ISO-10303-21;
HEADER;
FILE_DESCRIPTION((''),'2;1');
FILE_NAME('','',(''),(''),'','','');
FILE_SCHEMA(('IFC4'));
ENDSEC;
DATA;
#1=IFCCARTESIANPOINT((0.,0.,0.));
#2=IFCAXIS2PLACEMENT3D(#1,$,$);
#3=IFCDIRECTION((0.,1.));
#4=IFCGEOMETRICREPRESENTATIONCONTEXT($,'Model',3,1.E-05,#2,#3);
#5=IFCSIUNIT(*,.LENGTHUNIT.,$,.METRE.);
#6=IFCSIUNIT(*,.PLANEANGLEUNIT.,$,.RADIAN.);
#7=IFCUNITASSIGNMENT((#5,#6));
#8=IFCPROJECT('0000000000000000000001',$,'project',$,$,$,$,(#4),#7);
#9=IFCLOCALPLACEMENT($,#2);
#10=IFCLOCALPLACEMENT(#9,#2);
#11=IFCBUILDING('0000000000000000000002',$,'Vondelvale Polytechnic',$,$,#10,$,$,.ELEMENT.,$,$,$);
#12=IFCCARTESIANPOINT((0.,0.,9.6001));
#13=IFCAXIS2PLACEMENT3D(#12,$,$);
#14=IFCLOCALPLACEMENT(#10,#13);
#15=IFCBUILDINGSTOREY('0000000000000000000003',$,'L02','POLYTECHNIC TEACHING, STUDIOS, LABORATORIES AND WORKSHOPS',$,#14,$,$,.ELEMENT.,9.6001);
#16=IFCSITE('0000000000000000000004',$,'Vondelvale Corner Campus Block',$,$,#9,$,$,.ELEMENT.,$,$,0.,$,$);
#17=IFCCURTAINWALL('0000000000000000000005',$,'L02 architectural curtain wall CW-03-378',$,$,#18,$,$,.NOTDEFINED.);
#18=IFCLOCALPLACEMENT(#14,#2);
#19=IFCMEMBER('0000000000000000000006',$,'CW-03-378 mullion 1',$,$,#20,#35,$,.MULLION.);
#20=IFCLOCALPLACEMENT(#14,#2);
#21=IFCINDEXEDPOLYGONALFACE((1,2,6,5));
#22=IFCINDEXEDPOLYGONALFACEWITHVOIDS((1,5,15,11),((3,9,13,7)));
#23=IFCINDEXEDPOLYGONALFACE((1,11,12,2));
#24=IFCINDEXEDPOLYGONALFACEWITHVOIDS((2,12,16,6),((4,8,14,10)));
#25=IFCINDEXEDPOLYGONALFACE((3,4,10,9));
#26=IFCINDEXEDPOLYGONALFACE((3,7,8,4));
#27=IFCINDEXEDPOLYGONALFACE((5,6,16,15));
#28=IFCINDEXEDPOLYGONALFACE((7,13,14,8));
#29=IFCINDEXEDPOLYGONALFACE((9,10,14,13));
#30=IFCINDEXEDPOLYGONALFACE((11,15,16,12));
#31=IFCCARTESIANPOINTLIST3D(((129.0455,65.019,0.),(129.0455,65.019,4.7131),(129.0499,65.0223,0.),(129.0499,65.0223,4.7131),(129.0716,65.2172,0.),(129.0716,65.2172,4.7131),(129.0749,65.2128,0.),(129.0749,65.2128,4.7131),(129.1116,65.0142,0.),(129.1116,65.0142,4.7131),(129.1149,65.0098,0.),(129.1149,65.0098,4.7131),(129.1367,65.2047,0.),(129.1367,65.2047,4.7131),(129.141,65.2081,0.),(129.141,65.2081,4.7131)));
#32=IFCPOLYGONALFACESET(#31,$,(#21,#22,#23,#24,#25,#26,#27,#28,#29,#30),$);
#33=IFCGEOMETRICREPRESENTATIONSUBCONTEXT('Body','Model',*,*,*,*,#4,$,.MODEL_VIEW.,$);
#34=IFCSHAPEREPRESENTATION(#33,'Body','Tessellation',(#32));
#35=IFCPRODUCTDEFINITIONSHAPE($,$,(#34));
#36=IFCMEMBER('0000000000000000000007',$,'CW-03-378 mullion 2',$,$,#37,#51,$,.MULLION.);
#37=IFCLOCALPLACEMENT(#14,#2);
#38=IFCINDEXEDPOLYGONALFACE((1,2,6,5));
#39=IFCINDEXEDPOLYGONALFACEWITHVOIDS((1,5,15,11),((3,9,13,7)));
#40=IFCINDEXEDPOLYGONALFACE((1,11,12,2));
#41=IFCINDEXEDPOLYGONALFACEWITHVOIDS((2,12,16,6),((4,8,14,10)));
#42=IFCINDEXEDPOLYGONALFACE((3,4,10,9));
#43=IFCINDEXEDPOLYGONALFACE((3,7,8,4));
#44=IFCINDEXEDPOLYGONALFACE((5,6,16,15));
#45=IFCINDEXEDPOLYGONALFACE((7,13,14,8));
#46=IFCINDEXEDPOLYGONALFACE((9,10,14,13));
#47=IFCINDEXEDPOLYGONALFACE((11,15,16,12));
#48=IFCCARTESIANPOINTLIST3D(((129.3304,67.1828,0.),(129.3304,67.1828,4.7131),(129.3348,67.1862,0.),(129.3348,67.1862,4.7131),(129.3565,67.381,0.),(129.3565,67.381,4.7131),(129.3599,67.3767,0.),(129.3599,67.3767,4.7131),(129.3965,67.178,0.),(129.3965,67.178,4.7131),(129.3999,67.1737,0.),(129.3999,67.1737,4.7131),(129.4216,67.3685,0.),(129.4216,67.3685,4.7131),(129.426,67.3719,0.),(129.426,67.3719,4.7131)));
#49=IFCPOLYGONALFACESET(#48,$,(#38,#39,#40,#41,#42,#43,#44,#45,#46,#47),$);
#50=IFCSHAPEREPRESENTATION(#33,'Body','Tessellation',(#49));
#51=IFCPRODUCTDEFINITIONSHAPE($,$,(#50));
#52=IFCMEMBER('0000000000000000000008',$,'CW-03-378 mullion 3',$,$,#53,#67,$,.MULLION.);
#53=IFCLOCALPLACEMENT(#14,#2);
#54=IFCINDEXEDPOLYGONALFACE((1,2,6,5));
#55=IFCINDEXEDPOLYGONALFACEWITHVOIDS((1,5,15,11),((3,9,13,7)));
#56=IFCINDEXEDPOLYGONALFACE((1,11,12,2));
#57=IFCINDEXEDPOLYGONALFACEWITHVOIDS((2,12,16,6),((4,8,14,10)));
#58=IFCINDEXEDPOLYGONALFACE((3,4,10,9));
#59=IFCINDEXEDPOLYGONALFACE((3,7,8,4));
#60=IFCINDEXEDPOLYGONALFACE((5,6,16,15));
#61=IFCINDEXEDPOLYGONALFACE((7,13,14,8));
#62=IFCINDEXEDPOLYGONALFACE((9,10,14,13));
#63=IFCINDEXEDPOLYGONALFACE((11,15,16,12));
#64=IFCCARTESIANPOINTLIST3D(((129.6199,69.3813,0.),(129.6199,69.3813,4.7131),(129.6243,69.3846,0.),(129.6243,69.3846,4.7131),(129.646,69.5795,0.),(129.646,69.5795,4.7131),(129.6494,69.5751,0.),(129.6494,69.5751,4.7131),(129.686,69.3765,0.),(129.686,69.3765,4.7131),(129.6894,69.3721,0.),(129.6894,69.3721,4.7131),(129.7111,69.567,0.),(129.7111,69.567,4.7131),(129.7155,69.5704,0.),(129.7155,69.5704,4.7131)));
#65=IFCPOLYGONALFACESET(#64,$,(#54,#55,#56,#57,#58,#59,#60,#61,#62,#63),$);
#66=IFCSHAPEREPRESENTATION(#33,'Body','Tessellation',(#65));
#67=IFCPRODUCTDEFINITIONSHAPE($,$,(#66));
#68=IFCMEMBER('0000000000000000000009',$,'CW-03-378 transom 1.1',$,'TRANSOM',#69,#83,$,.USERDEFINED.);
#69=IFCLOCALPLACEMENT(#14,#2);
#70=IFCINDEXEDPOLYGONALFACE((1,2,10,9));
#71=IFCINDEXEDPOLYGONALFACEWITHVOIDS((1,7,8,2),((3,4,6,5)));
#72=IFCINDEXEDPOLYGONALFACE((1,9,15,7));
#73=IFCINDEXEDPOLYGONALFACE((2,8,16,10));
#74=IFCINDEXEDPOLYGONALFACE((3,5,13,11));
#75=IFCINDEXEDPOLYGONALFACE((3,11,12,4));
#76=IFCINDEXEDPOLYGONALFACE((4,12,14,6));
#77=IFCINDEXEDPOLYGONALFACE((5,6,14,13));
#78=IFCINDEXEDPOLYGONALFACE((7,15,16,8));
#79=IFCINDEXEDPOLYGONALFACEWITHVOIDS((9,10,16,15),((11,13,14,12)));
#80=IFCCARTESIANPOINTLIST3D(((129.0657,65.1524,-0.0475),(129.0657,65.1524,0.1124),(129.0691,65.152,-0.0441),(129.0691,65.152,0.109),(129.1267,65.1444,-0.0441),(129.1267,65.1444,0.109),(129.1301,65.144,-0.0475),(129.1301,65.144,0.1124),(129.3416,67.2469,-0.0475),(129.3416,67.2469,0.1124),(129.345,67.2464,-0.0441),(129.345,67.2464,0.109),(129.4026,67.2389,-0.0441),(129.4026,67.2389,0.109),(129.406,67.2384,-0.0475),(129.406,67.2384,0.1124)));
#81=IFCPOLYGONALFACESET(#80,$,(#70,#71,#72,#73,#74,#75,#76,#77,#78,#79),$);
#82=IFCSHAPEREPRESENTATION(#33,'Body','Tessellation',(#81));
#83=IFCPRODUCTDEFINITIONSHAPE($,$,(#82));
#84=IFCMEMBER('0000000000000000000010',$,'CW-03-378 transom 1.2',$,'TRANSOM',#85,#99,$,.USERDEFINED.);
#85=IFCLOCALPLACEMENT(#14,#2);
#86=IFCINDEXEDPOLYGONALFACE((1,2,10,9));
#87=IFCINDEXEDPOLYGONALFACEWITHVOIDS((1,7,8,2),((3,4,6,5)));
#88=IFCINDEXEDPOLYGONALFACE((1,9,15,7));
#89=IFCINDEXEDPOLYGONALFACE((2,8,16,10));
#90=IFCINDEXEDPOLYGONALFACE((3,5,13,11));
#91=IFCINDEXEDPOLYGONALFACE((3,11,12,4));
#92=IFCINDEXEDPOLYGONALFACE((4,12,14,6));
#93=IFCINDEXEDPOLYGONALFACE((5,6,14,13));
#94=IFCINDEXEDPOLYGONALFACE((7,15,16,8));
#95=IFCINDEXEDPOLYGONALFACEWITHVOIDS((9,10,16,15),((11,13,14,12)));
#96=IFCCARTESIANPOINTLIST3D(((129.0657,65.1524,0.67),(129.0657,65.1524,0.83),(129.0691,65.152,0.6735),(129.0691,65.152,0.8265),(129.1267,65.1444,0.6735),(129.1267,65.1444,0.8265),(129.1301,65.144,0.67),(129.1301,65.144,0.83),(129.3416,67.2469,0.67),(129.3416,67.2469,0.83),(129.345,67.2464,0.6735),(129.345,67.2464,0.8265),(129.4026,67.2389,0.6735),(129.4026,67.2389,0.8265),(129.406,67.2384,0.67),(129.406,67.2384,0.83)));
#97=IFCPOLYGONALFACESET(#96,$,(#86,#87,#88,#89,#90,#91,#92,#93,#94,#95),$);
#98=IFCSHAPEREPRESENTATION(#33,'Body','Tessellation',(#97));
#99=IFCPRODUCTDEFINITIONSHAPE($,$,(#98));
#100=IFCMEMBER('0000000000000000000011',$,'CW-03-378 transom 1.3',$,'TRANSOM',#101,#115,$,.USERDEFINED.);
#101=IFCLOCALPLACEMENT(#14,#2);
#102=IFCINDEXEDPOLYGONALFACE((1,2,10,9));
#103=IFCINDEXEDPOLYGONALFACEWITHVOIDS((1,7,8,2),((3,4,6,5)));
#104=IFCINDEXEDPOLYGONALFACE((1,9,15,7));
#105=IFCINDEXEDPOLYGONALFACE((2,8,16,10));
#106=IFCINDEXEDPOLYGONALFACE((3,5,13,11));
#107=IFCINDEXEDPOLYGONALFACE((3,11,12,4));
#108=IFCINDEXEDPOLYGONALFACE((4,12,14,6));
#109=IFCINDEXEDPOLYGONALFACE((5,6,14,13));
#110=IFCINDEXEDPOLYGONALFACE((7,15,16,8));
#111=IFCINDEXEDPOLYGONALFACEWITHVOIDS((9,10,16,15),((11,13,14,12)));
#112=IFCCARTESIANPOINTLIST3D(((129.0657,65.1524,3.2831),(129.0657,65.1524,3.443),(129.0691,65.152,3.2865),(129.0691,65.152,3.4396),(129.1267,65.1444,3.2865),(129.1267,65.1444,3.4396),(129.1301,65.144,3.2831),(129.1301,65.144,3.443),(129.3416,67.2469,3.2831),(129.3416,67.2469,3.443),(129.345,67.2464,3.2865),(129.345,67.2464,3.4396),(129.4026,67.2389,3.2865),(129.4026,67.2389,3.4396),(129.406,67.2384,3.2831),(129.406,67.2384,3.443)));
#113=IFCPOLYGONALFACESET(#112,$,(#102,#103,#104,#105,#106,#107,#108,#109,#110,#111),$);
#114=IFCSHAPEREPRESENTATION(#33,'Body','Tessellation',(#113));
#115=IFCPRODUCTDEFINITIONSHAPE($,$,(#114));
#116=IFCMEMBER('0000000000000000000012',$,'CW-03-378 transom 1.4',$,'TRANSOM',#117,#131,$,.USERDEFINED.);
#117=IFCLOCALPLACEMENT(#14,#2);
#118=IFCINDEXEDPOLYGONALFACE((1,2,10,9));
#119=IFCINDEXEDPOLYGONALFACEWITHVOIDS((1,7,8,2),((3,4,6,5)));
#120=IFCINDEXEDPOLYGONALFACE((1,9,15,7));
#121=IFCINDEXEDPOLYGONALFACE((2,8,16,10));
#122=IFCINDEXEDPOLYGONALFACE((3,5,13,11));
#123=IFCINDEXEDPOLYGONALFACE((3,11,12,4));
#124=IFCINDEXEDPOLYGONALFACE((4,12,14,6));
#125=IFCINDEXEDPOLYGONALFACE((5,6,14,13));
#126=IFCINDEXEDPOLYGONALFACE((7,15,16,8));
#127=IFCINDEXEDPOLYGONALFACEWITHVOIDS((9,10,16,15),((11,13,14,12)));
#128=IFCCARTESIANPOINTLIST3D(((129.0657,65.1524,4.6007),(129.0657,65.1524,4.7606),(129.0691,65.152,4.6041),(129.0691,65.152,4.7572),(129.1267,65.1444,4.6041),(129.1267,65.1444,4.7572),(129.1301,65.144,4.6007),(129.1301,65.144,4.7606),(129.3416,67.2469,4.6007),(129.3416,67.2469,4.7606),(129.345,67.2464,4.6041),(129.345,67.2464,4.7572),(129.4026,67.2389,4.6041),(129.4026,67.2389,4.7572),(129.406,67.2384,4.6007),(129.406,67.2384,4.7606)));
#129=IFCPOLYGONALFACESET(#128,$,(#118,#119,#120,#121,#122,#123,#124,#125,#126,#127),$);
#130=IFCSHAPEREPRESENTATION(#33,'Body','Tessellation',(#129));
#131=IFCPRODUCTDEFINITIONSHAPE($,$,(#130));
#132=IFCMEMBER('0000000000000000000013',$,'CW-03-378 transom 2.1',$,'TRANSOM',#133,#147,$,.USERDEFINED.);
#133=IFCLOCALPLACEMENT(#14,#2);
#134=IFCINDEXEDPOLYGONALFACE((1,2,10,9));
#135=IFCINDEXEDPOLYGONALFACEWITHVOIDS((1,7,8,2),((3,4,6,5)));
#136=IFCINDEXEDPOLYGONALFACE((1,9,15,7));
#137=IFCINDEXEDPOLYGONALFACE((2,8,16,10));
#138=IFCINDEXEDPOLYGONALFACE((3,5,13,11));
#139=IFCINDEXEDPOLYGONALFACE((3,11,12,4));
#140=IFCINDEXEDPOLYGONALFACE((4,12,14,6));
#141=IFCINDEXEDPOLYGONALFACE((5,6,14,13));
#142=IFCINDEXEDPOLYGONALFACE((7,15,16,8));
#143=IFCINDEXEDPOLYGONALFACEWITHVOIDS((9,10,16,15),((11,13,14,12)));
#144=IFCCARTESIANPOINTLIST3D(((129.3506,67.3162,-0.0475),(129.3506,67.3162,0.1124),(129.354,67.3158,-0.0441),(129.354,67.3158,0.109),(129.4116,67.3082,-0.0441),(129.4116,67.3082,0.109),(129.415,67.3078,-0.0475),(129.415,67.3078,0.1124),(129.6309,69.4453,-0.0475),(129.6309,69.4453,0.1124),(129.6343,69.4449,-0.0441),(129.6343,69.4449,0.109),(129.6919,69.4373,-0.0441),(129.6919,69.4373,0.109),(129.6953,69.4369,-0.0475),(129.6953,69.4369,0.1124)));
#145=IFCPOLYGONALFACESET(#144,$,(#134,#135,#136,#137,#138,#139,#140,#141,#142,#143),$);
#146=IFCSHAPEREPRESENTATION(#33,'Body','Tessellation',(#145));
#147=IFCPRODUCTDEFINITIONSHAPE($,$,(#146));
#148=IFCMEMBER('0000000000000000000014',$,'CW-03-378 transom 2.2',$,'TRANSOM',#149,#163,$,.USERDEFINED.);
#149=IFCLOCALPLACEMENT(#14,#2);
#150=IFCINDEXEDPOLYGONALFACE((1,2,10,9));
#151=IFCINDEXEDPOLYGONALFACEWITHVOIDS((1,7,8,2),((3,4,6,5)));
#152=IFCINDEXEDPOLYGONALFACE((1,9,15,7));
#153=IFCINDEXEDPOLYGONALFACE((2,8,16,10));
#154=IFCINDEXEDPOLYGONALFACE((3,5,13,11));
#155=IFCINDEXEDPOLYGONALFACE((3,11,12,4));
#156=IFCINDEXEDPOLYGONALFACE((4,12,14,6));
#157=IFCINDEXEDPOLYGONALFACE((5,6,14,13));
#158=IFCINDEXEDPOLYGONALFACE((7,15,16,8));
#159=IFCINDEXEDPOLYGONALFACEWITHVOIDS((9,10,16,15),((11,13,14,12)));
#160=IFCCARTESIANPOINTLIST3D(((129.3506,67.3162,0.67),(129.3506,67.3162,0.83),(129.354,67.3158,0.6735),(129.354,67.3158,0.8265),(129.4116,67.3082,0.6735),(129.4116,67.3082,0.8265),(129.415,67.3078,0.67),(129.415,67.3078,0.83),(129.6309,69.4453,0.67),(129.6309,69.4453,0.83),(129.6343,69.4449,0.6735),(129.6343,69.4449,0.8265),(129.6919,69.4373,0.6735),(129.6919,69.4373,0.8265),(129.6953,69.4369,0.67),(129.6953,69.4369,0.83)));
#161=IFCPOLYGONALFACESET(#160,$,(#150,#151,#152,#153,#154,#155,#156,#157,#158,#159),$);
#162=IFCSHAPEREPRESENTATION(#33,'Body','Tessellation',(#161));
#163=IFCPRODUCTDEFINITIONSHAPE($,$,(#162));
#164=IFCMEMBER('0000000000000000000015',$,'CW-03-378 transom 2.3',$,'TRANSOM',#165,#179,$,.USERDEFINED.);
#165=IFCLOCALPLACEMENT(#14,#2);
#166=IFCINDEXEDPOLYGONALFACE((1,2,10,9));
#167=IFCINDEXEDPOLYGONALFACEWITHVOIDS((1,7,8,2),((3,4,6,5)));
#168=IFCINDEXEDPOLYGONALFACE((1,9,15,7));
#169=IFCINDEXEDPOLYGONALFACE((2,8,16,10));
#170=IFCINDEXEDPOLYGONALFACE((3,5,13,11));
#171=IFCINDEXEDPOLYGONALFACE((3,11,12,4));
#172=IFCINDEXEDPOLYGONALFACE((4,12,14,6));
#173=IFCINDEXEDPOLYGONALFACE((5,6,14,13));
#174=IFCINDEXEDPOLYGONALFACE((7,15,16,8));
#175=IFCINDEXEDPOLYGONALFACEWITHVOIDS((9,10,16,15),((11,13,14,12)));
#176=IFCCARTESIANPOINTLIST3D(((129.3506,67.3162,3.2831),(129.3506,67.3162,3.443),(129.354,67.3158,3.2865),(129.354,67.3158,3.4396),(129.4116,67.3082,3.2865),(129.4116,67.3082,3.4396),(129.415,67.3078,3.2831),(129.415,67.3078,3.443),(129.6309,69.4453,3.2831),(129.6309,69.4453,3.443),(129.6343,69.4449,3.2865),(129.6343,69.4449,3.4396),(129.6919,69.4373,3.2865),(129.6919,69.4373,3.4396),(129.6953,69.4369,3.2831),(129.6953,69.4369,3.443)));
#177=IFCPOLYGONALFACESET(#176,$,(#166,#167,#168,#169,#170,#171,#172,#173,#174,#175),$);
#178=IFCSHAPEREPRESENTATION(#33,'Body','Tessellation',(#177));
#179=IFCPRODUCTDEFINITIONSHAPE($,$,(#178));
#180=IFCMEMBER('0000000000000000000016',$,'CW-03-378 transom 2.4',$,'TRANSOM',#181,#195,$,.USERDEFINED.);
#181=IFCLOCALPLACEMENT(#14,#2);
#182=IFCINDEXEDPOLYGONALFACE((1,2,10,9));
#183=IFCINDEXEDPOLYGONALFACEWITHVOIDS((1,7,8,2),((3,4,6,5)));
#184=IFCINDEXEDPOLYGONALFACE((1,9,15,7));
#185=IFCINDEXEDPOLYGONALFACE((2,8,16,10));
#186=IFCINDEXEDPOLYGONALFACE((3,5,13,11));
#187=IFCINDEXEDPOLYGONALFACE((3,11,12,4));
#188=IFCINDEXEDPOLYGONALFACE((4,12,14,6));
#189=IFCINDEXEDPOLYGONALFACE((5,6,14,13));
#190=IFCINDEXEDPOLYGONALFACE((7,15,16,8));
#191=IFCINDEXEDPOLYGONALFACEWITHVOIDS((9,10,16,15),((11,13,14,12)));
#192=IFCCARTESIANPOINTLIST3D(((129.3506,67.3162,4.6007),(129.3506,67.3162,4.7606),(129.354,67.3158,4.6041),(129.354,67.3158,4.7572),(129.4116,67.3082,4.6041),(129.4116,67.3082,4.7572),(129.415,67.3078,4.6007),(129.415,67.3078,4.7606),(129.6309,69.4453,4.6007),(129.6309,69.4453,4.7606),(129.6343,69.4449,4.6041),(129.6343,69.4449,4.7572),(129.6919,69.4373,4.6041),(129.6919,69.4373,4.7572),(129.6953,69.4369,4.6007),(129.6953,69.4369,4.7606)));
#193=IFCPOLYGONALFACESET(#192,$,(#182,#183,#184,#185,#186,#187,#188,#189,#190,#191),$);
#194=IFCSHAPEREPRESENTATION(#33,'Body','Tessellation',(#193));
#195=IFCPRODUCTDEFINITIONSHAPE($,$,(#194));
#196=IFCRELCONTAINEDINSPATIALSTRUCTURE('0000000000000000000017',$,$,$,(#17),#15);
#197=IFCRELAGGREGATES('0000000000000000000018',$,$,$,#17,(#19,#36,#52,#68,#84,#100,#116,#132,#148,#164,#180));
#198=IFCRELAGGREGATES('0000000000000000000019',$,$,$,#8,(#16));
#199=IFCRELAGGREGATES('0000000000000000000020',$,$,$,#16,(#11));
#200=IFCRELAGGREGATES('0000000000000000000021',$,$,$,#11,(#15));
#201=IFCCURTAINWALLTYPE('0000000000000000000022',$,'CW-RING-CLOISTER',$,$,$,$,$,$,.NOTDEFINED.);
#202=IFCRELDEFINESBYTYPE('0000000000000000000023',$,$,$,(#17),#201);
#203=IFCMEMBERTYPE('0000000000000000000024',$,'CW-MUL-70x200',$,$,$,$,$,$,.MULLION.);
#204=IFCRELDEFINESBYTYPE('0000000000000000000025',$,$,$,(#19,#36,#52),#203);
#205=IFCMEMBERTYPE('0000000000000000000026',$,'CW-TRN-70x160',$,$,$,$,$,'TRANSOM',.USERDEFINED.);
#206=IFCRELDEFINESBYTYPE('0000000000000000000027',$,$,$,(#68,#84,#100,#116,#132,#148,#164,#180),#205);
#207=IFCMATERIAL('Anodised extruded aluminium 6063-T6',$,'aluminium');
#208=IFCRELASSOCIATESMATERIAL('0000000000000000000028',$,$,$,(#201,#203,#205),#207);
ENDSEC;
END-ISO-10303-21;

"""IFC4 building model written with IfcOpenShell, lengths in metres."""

from ifc_helpers import new_model, si_unit, direction, frame, origin, origin_2d, place, context, subcontext, project, spatial, hollow_rectangle, extrude, material, material_profile, profile_set, type_object, element, aggregate, save


model = new_model("IFC4")

# Units and contexts
model_context = context("Model", 3, precision=1e-05, world=origin(), true_north=direction((0.0, 1.0)))
body_context = subcontext(model_context, "Body", "Model", "MODEL_VIEW")
ifc_project = project(units=[si_unit("LENGTHUNIT", "METRE"), si_unit("PLANEANGLEUNIT", "RADIAN")], contexts=[model_context])

# Site, building, storey
site_placement = place(None, origin())
site = spatial("IfcSite", under=ifc_project, at=site_placement, Name="Vondelvale Corner Campus Block", CompositionType="ELEMENT", RefElevation=0.0)
building_placement = place(site_placement, origin())
building = spatial("IfcBuilding", under=site, at=building_placement, Name="Vondelvale Polytechnic", CompositionType="ELEMENT")
storey_placement = place(building_placement, frame((0.0, 0.0, 9.6001)))
storey = spatial("IfcBuildingStorey", under=building, at=storey_placement, Name="L02", Description="POLYTECHNIC TEACHING, STUDIOS, LABORATORIES AND WORKSHOPS", CompositionType="ELEMENT", Elevation=9.6001)

# Curtain wall, members
ifc_material_1 = material(Name="Anodised extruded aluminium 6063-T6", Category="aluminium")
curtain_wall_type = type_object("IfcCurtainWallType", Name="CW-RING-CLOISTER", PredefinedType="NOTDEFINED", material=ifc_material_1)
curtain_wall_placement = place(storey_placement, origin())
curtain_wall = element("IfcCurtainWall", 1, at=curtain_wall_placement, inside=storey, type_object=curtain_wall_type, Name="L02 architectural curtain wall CW-03-378", PredefinedType="NOTDEFINED")
ifc_material_profile_1 = material_profile(ifc_material_1, hollow_rectangle(XDim=0.0701, YDim=0.2, WallThickness=0.0039, at=origin_2d()), Name="CW-MUL-200x70")
ifc_profile_set_1 = profile_set([ifc_material_profile_1], Name="Anodised extruded aluminium 6063-T6")
member_type_1 = type_object("IfcMemberType", Name="CW-MUL-70x200", PredefinedType="MULLION", material=ifc_profile_set_1)
member_1_placement = place(storey_placement, frame((129.0933, 65.1135, 0.0), z_axis=(0.0, 0.0, 1.0), x_axis=(-0.991445, 0.130528, 0.0)))
member_1 = element("IfcMember", 2, at=member_1_placement, type_object=member_type_1, Name="CW-03-378 mullion 1", PredefinedType="MULLION", context=body_context, shape_type="SweptSolid", body=[
    extrude(hollow_rectangle(XDim=0.0701, YDim=0.2, WallThickness=0.0039, at=origin_2d()), origin(), (0.0, 0.0, 1.0), 4.7131),
])
member_2_placement = place(storey_placement, frame((129.3782, 67.2773, 0.0), z_axis=(0.0, 0.0, 1.0), x_axis=(-0.991445, 0.130528, 0.0)))
member_2 = element("IfcMember", 3, at=member_2_placement, type_object=member_type_1, Name="CW-03-378 mullion 2", PredefinedType="MULLION", context=body_context, shape_type="SweptSolid", body=[
    extrude(hollow_rectangle(XDim=0.0701, YDim=0.2, WallThickness=0.0039, at=origin_2d()), origin(), (0.0, 0.0, 1.0), 4.7131),
])
member_3_placement = place(storey_placement, frame((129.6677, 69.4758, 0.0), z_axis=(0.0, 0.0, 1.0), x_axis=(-0.991445, 0.130528, 0.0)))
member_3 = element("IfcMember", 4, at=member_3_placement, type_object=member_type_1, Name="CW-03-378 mullion 3", PredefinedType="MULLION", context=body_context, shape_type="SweptSolid", body=[
    extrude(hollow_rectangle(XDim=0.0701, YDim=0.2, WallThickness=0.0039, at=origin_2d()), origin(), (0.0, 0.0, 1.0), 4.7131),
])
ifc_material_profile_2 = material_profile(ifc_material_1, hollow_rectangle(XDim=0.0649, YDim=0.1599, WallThickness=0.0034, at=origin_2d()), Name="CW-TRN-160x65")
ifc_profile_set_2 = profile_set([ifc_material_profile_2], Name="Anodised extruded aluminium 6063-T6")
member_type_2 = type_object("IfcMemberType", Name="CW-TRN-70x160", ElementType="TRANSOM", PredefinedType="USERDEFINED", material=ifc_profile_set_2)
member_4_placement = place(storey_placement, frame((129.0979, 65.1482, 0.0325), z_axis=(0.130589, 0.991437, 0.0), x_axis=(-0.991437, 0.130589, 0.0)))
member_4 = element("IfcMember", 5, at=member_4_placement, type_object=member_type_2, Name="CW-03-378 transom 1.1", ObjectType="TRANSOM", PredefinedType="USERDEFINED", context=body_context, shape_type="SweptSolid", body=[
    extrude(hollow_rectangle(XDim=0.0649, YDim=0.1599, WallThickness=0.0034, at=origin_2d()), origin(), (0.0, 0.0, 1.0), 2.1125),
])
member_5_placement = place(storey_placement, frame((129.0979, 65.1482, 0.75), z_axis=(0.130589, 0.991437, 0.0), x_axis=(-0.991437, 0.130589, 0.0)))
member_5 = element("IfcMember", 6, at=member_5_placement, type_object=member_type_2, Name="CW-03-378 transom 1.2", ObjectType="TRANSOM", PredefinedType="USERDEFINED", context=body_context, shape_type="SweptSolid", body=[
    extrude(hollow_rectangle(XDim=0.0649, YDim=0.1599, WallThickness=0.0034, at=origin_2d()), origin(), (0.0, 0.0, 1.0), 2.1125),
])
member_6_placement = place(storey_placement, frame((129.0979, 65.1482, 3.363), z_axis=(0.130589, 0.991437, 0.0), x_axis=(-0.991437, 0.130589, 0.0)))
member_6 = element("IfcMember", 7, at=member_6_placement, type_object=member_type_2, Name="CW-03-378 transom 1.3", ObjectType="TRANSOM", PredefinedType="USERDEFINED", context=body_context, shape_type="SweptSolid", body=[
    extrude(hollow_rectangle(XDim=0.0649, YDim=0.1599, WallThickness=0.0034, at=origin_2d()), origin(), (0.0, 0.0, 1.0), 2.1125),
])
member_7_placement = place(storey_placement, frame((129.0979, 65.1482, 4.6807), z_axis=(0.130589, 0.991437, 0.0), x_axis=(-0.991437, 0.130589, 0.0)))
member_7 = element("IfcMember", 8, at=member_7_placement, type_object=member_type_2, Name="CW-03-378 transom 1.4", ObjectType="TRANSOM", PredefinedType="USERDEFINED", context=body_context, shape_type="SweptSolid", body=[
    extrude(hollow_rectangle(XDim=0.0649, YDim=0.1599, WallThickness=0.0034, at=origin_2d()), origin(), (0.0, 0.0, 1.0), 2.1125),
])
member_8_placement = place(storey_placement, frame((129.3828, 67.312, 0.0325), z_axis=(0.13051, 0.991447, 0.0), x_axis=(-0.991447, 0.13051, 0.0)))
member_8 = element("IfcMember", 9, at=member_8_placement, type_object=member_type_2, Name="CW-03-378 transom 2.1", ObjectType="TRANSOM", PredefinedType="USERDEFINED", context=body_context, shape_type="SweptSolid", body=[
    extrude(hollow_rectangle(XDim=0.0649, YDim=0.1599, WallThickness=0.0034, at=origin_2d()), origin(), (0.0, 0.0, 1.0), 2.1475),
])
member_9_placement = place(storey_placement, frame((129.3828, 67.312, 0.75), z_axis=(0.13051, 0.991447, 0.0), x_axis=(-0.991447, 0.13051, 0.0)))
member_9 = element("IfcMember", 10, at=member_9_placement, type_object=member_type_2, Name="CW-03-378 transom 2.2", ObjectType="TRANSOM", PredefinedType="USERDEFINED", context=body_context, shape_type="SweptSolid", body=[
    extrude(hollow_rectangle(XDim=0.0649, YDim=0.1599, WallThickness=0.0034, at=origin_2d()), origin(), (0.0, 0.0, 1.0), 2.1475),
])
member_10_placement = place(storey_placement, frame((129.3828, 67.312, 3.363), z_axis=(0.13051, 0.991447, 0.0), x_axis=(-0.991447, 0.13051, 0.0)))
member_10 = element("IfcMember", 11, at=member_10_placement, type_object=member_type_2, Name="CW-03-378 transom 2.3", ObjectType="TRANSOM", PredefinedType="USERDEFINED", context=body_context, shape_type="SweptSolid", body=[
    extrude(hollow_rectangle(XDim=0.0649, YDim=0.1599, WallThickness=0.0034, at=origin_2d()), origin(), (0.0, 0.0, 1.0), 2.1475),
])
member_11_placement = place(storey_placement, frame((129.3828, 67.312, 4.6807), z_axis=(0.13051, 0.991447, 0.0), x_axis=(-0.991447, 0.13051, 0.0)))
member_11 = element("IfcMember", 12, at=member_11_placement, type_object=member_type_2, Name="CW-03-378 transom 2.4", ObjectType="TRANSOM", PredefinedType="USERDEFINED", context=body_context, shape_type="SweptSolid", body=[
    extrude(hollow_rectangle(XDim=0.0649, YDim=0.1599, WallThickness=0.0034, at=origin_2d()), origin(), (0.0, 0.0, 1.0), 2.1475),
])
aggregate(curtain_wall, [member_1, member_2, member_3, member_4, member_5, member_6, member_7, member_8, member_9, member_10, member_11])

save(model, "model.ifc")
